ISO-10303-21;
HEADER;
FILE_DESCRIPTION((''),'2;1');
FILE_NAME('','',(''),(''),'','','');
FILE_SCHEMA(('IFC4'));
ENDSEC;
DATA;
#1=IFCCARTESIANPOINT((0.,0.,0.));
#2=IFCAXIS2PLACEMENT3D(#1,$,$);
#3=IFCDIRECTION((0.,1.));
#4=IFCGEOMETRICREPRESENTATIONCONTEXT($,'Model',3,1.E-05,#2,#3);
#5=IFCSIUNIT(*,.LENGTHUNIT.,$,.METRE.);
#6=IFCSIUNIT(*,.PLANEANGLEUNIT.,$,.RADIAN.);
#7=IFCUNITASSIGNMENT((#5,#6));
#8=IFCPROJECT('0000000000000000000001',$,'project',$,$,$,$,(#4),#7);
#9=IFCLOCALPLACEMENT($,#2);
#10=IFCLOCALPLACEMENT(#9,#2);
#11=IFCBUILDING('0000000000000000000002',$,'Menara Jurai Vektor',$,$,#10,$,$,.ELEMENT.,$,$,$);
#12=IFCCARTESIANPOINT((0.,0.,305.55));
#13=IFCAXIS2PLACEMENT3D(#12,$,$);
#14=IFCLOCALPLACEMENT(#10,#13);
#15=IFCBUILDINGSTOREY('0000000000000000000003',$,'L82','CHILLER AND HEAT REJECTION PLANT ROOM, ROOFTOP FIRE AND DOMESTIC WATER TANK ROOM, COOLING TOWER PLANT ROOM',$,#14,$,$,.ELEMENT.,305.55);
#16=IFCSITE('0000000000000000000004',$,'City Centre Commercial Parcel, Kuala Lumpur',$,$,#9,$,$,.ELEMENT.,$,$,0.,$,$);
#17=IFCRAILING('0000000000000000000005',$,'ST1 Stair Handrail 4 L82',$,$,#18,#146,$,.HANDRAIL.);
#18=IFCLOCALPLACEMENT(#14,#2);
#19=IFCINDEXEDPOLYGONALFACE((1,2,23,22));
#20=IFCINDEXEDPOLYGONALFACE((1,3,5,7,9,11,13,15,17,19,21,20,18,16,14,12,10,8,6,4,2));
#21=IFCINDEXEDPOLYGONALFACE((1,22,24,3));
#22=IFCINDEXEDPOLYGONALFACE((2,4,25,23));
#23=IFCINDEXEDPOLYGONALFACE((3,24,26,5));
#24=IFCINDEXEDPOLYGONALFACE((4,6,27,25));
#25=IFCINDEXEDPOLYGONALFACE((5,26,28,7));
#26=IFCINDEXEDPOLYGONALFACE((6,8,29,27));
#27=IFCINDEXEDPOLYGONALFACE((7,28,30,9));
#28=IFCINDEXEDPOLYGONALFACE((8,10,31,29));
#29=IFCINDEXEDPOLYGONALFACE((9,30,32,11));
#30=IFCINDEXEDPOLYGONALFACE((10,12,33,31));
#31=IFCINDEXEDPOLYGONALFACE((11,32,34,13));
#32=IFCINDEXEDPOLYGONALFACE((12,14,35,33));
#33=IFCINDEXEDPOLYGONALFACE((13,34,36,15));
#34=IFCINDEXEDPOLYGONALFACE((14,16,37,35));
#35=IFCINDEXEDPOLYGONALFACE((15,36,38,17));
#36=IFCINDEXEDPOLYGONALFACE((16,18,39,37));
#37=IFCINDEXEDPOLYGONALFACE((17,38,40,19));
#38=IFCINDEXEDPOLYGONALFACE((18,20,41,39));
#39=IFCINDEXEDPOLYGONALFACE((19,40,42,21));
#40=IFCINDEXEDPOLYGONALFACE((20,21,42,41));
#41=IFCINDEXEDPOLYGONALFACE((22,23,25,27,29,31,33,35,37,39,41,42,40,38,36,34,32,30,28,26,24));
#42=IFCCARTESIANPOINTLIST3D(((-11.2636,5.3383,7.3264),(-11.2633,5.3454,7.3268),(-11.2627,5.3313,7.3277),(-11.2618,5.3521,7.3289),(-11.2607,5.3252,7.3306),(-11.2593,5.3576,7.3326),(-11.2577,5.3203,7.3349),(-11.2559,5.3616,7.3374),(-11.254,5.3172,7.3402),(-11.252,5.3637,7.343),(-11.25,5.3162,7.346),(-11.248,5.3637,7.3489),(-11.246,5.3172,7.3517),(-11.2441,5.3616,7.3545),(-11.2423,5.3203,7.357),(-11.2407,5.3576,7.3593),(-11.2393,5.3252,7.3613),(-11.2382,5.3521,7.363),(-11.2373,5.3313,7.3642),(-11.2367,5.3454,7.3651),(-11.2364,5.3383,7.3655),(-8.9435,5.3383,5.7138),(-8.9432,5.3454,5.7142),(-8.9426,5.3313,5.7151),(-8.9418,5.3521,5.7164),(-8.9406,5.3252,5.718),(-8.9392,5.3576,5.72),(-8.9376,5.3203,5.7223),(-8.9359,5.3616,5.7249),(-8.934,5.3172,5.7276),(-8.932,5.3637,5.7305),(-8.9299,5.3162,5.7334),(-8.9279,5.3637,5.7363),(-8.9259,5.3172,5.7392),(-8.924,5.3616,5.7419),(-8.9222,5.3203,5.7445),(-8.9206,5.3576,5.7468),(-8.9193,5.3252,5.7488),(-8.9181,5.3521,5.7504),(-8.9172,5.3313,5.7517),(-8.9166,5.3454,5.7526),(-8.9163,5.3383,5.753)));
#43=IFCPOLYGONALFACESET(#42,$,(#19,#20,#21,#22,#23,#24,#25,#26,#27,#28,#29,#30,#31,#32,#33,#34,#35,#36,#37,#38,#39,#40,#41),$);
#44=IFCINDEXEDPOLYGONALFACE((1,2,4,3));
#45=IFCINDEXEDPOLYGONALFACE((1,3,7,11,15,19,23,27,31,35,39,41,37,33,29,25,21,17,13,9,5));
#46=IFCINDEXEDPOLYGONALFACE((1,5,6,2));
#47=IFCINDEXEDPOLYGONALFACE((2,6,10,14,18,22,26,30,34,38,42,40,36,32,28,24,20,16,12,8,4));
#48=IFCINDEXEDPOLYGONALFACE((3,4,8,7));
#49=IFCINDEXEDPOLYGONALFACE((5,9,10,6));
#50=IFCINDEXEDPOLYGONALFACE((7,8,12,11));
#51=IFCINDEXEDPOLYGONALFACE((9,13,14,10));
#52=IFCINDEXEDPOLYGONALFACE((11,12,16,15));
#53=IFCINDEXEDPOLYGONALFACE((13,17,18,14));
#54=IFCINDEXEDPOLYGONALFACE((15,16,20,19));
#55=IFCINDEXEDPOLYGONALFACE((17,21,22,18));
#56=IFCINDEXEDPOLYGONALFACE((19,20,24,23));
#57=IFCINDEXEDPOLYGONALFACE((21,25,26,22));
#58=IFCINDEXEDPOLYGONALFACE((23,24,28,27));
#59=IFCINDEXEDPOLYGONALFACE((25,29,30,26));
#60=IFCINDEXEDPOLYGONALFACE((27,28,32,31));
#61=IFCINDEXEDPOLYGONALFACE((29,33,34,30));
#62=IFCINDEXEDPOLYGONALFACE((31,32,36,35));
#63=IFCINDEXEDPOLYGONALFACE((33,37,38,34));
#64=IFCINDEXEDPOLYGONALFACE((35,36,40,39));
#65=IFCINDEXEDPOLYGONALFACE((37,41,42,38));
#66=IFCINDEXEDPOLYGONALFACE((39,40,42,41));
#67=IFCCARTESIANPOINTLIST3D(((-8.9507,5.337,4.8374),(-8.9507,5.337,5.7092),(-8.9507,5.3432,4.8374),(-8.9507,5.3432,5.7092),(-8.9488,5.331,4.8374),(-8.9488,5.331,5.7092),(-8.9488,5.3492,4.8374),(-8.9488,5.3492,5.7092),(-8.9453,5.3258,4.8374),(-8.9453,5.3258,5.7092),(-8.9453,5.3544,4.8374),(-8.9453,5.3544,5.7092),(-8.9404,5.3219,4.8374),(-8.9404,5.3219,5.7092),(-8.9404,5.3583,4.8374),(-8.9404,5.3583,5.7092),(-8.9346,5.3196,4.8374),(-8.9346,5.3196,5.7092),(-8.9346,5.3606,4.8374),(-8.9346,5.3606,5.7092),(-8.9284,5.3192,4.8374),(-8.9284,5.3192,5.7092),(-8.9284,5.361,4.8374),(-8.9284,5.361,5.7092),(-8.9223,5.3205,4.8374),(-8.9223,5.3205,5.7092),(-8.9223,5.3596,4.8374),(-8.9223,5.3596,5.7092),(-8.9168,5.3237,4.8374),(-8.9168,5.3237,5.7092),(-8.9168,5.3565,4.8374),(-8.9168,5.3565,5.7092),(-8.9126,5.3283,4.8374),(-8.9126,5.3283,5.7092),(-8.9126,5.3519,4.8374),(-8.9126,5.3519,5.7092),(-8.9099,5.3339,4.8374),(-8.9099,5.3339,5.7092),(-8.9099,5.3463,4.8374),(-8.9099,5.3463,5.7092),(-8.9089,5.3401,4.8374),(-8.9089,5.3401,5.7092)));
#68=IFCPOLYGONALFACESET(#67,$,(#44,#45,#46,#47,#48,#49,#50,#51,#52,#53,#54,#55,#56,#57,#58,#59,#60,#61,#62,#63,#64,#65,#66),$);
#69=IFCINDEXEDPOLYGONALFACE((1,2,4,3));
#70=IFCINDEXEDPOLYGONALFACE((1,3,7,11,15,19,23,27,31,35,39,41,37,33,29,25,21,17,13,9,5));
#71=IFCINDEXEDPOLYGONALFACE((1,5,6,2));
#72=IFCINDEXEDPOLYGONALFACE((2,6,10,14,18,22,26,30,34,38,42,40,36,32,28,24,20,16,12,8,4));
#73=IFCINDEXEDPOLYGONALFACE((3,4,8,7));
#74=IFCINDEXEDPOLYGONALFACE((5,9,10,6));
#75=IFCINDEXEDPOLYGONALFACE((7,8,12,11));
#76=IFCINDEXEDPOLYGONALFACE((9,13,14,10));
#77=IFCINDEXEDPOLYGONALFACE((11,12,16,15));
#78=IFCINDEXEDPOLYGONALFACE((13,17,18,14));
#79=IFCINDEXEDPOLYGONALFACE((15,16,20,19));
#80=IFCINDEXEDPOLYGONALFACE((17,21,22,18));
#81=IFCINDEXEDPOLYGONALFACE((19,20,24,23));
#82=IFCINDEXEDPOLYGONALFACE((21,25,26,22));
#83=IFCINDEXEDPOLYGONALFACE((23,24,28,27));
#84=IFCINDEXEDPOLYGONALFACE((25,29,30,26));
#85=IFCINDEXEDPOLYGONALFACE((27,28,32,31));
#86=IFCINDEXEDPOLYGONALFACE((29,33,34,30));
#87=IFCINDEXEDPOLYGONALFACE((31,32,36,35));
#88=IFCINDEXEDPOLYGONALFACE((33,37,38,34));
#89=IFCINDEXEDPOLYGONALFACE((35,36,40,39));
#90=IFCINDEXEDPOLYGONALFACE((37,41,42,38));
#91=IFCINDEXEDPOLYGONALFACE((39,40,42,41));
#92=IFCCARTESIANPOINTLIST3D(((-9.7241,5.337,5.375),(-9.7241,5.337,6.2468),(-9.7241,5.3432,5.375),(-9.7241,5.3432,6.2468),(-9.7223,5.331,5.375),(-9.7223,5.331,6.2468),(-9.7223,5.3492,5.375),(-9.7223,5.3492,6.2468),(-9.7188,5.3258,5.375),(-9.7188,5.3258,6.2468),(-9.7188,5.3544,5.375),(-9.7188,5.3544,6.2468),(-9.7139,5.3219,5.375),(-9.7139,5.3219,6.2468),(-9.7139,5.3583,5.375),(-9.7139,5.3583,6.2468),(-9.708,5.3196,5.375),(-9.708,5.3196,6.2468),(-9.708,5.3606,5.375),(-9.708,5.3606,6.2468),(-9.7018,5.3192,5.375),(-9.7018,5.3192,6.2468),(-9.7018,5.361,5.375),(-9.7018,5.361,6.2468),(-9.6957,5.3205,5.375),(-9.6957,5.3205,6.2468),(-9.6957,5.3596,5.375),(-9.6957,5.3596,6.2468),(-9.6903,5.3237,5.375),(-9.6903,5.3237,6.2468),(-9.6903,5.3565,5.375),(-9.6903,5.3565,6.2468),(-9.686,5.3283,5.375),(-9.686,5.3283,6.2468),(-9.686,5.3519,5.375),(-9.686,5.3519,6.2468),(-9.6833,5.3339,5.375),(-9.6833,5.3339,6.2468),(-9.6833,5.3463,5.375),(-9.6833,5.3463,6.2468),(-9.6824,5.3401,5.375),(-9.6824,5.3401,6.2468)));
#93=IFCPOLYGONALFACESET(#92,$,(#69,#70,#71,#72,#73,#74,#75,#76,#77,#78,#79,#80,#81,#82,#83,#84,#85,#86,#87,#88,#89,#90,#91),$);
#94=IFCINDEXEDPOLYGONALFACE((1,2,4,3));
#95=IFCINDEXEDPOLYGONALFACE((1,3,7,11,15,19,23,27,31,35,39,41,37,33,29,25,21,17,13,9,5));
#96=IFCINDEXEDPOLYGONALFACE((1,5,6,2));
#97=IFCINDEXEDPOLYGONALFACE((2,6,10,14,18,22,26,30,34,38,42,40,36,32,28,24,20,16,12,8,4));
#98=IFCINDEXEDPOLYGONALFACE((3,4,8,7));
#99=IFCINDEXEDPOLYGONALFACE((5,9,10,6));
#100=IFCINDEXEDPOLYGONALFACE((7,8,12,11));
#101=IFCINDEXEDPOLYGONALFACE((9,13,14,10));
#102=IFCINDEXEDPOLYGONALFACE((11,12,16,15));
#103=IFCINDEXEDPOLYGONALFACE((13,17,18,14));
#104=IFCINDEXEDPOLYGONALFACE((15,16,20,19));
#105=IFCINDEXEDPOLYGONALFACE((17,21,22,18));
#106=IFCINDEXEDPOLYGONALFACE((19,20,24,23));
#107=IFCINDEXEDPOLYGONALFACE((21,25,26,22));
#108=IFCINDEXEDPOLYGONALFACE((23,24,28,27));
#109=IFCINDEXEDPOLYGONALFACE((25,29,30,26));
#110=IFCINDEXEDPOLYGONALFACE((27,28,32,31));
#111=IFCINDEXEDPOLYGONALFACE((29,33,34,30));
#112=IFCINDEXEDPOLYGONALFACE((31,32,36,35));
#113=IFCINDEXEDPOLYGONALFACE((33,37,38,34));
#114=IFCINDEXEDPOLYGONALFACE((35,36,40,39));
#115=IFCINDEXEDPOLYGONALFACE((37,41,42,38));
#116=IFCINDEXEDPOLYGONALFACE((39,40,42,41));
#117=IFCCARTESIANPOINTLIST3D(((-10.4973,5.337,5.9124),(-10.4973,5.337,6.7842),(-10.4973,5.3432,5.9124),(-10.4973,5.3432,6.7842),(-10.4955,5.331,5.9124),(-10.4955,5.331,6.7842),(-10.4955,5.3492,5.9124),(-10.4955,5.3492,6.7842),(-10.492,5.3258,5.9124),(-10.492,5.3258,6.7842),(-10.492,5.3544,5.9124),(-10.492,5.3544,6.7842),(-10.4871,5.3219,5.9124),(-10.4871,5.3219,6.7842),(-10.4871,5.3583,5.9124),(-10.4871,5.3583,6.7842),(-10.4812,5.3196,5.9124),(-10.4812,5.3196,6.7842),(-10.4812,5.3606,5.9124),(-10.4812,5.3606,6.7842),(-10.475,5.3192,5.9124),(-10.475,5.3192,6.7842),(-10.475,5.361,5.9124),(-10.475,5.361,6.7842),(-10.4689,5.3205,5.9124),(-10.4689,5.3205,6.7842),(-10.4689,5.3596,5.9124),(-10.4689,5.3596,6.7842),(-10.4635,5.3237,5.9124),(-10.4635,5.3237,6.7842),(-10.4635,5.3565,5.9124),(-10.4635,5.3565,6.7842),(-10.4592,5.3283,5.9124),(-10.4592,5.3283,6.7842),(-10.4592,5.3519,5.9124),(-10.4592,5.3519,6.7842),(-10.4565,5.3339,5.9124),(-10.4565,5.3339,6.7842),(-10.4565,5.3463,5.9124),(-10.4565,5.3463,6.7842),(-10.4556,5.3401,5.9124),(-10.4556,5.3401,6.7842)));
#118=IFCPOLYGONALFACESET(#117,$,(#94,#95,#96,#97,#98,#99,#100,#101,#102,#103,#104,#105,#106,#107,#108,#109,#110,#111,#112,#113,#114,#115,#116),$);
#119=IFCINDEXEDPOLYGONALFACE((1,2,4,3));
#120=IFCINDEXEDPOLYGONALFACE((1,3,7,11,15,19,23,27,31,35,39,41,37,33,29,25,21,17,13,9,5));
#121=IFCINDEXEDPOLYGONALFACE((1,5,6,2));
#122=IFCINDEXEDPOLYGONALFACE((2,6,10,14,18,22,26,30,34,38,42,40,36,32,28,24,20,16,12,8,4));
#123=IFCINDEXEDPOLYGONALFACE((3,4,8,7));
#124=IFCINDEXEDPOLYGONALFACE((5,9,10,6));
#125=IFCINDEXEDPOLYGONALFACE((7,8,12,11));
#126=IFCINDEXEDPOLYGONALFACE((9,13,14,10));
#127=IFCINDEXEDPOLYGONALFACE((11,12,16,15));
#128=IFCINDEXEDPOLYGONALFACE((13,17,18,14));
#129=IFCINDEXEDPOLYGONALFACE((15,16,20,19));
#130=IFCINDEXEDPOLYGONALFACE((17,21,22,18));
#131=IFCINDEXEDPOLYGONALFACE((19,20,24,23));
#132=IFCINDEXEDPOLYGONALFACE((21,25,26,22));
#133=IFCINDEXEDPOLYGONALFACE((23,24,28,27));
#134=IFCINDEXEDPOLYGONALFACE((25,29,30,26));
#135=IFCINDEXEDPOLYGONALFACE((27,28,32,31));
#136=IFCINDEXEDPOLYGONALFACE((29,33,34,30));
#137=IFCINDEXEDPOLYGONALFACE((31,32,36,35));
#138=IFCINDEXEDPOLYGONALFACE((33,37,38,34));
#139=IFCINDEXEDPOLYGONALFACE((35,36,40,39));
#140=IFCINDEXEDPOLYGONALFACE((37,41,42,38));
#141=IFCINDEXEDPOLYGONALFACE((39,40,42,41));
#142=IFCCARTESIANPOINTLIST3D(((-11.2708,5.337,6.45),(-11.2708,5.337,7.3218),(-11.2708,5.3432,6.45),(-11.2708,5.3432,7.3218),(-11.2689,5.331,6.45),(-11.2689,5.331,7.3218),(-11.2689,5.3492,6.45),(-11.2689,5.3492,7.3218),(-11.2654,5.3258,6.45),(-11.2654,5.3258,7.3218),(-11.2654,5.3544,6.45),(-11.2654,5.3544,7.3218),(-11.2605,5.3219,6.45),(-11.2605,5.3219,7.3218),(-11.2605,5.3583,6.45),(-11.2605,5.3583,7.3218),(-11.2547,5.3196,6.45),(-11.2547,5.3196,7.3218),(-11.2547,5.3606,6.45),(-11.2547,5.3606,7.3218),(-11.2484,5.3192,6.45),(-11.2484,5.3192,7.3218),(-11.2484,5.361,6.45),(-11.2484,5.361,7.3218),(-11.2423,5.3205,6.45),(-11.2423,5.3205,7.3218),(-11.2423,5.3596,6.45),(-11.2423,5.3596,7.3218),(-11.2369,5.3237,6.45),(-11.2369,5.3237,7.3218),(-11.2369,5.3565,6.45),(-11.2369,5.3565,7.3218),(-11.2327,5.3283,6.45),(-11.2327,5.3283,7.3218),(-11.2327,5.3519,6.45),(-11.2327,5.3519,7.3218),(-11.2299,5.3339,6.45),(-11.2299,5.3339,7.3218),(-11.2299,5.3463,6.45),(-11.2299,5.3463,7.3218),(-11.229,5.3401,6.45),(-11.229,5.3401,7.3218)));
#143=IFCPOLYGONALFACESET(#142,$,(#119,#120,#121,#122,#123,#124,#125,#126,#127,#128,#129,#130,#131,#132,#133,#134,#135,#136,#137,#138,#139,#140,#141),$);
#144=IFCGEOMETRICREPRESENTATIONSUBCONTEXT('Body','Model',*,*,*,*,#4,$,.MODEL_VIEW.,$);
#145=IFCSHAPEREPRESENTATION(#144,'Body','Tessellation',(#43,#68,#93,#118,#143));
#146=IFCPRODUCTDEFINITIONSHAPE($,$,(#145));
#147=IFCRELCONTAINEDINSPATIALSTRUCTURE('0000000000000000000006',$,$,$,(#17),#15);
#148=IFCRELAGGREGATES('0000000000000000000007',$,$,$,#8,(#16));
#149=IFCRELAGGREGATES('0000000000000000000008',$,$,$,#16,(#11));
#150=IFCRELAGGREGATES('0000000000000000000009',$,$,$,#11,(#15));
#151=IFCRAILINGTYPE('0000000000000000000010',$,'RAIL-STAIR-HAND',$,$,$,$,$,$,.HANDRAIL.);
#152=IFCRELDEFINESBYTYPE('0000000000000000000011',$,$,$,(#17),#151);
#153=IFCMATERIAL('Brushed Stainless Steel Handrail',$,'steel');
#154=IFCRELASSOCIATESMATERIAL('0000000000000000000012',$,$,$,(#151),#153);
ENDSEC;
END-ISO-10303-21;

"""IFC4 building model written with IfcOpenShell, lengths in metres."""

from ifc_helpers import new_model, si_unit, direction, frame, origin, origin_2d, place, context, subcontext, project, spatial, circle, extrude, material, type_object, element, save


model = new_model("IFC4")

# Units and contexts
model_context = context("Model", 3, precision=1e-05, world=origin(), true_north=direction((0.0, 1.0)))
body_context = subcontext(model_context, "Body", "Model", "MODEL_VIEW")
ifc_project = project(units=[si_unit("LENGTHUNIT", "METRE"), si_unit("PLANEANGLEUNIT", "RADIAN")], contexts=[model_context])

# Site, building, storey
site_placement = place(None, origin())
site = spatial("IfcSite", under=ifc_project, at=site_placement, Name="City Centre Commercial Parcel, Kuala Lumpur", CompositionType="ELEMENT", RefElevation=0.0)
building_placement = place(site_placement, origin())
building = spatial("IfcBuilding", under=site, at=building_placement, Name="Menara Jurai Vektor", CompositionType="ELEMENT")
storey_placement = place(building_placement, frame((0.0, 0.0, 305.55)))
storey = spatial("IfcBuildingStorey", under=building, at=storey_placement, Name="L82", Description="CHILLER AND HEAT REJECTION PLANT ROOM, ROOFTOP FIRE AND DOMESTIC WATER TANK ROOM, COOLING TOWER PLANT ROOM", CompositionType="ELEMENT", Elevation=305.55)

# Railing
ifc_material_1 = material(Name="Brushed Stainless Steel Handrail", Category="steel")
railing_type = type_object("IfcRailingType", Name="RAIL-STAIR-HAND", PredefinedType="HANDRAIL", material=ifc_material_1)
railing_1_placement = place(storey_placement, frame((-8.9299, 5.3401, 4.8374)))
element("IfcRailing", 1, at=railing_1_placement, inside=storey, type_object=railing_type, Name="ST1 Stair Handrail 4 L82", PredefinedType="HANDRAIL", context=body_context, shape_type="SweptSolid", body=[
    extrude(circle(Radius=0.0239, at=origin_2d()), frame((0.0, 0.0, 0.896), z_axis=(-0.821139, 0.0, 0.570728), x_axis=(0.0, -1.0, 0.0)), (0.0, 0.0, 1.0), 2.8254),
    extrude(circle(Radius=0.021, at=origin_2d()), origin(), (0.0, 0.0, 1.0), 0.8718),
    extrude(circle(Radius=0.021, at=origin_2d()), frame((-0.7734, 0.0, 0.5376)), (0.0, 0.0, 1.0), 0.8718),
    extrude(circle(Radius=0.021, at=origin_2d()), frame((-1.5466, 0.0, 1.075)), (0.0, 0.0, 1.0), 0.8718),
    extrude(circle(Radius=0.021, at=origin_2d()), frame((-2.3201, 0.0, 1.6125)), (0.0, 0.0, 1.0), 0.8718),
])

save(model, "model.ifc")
